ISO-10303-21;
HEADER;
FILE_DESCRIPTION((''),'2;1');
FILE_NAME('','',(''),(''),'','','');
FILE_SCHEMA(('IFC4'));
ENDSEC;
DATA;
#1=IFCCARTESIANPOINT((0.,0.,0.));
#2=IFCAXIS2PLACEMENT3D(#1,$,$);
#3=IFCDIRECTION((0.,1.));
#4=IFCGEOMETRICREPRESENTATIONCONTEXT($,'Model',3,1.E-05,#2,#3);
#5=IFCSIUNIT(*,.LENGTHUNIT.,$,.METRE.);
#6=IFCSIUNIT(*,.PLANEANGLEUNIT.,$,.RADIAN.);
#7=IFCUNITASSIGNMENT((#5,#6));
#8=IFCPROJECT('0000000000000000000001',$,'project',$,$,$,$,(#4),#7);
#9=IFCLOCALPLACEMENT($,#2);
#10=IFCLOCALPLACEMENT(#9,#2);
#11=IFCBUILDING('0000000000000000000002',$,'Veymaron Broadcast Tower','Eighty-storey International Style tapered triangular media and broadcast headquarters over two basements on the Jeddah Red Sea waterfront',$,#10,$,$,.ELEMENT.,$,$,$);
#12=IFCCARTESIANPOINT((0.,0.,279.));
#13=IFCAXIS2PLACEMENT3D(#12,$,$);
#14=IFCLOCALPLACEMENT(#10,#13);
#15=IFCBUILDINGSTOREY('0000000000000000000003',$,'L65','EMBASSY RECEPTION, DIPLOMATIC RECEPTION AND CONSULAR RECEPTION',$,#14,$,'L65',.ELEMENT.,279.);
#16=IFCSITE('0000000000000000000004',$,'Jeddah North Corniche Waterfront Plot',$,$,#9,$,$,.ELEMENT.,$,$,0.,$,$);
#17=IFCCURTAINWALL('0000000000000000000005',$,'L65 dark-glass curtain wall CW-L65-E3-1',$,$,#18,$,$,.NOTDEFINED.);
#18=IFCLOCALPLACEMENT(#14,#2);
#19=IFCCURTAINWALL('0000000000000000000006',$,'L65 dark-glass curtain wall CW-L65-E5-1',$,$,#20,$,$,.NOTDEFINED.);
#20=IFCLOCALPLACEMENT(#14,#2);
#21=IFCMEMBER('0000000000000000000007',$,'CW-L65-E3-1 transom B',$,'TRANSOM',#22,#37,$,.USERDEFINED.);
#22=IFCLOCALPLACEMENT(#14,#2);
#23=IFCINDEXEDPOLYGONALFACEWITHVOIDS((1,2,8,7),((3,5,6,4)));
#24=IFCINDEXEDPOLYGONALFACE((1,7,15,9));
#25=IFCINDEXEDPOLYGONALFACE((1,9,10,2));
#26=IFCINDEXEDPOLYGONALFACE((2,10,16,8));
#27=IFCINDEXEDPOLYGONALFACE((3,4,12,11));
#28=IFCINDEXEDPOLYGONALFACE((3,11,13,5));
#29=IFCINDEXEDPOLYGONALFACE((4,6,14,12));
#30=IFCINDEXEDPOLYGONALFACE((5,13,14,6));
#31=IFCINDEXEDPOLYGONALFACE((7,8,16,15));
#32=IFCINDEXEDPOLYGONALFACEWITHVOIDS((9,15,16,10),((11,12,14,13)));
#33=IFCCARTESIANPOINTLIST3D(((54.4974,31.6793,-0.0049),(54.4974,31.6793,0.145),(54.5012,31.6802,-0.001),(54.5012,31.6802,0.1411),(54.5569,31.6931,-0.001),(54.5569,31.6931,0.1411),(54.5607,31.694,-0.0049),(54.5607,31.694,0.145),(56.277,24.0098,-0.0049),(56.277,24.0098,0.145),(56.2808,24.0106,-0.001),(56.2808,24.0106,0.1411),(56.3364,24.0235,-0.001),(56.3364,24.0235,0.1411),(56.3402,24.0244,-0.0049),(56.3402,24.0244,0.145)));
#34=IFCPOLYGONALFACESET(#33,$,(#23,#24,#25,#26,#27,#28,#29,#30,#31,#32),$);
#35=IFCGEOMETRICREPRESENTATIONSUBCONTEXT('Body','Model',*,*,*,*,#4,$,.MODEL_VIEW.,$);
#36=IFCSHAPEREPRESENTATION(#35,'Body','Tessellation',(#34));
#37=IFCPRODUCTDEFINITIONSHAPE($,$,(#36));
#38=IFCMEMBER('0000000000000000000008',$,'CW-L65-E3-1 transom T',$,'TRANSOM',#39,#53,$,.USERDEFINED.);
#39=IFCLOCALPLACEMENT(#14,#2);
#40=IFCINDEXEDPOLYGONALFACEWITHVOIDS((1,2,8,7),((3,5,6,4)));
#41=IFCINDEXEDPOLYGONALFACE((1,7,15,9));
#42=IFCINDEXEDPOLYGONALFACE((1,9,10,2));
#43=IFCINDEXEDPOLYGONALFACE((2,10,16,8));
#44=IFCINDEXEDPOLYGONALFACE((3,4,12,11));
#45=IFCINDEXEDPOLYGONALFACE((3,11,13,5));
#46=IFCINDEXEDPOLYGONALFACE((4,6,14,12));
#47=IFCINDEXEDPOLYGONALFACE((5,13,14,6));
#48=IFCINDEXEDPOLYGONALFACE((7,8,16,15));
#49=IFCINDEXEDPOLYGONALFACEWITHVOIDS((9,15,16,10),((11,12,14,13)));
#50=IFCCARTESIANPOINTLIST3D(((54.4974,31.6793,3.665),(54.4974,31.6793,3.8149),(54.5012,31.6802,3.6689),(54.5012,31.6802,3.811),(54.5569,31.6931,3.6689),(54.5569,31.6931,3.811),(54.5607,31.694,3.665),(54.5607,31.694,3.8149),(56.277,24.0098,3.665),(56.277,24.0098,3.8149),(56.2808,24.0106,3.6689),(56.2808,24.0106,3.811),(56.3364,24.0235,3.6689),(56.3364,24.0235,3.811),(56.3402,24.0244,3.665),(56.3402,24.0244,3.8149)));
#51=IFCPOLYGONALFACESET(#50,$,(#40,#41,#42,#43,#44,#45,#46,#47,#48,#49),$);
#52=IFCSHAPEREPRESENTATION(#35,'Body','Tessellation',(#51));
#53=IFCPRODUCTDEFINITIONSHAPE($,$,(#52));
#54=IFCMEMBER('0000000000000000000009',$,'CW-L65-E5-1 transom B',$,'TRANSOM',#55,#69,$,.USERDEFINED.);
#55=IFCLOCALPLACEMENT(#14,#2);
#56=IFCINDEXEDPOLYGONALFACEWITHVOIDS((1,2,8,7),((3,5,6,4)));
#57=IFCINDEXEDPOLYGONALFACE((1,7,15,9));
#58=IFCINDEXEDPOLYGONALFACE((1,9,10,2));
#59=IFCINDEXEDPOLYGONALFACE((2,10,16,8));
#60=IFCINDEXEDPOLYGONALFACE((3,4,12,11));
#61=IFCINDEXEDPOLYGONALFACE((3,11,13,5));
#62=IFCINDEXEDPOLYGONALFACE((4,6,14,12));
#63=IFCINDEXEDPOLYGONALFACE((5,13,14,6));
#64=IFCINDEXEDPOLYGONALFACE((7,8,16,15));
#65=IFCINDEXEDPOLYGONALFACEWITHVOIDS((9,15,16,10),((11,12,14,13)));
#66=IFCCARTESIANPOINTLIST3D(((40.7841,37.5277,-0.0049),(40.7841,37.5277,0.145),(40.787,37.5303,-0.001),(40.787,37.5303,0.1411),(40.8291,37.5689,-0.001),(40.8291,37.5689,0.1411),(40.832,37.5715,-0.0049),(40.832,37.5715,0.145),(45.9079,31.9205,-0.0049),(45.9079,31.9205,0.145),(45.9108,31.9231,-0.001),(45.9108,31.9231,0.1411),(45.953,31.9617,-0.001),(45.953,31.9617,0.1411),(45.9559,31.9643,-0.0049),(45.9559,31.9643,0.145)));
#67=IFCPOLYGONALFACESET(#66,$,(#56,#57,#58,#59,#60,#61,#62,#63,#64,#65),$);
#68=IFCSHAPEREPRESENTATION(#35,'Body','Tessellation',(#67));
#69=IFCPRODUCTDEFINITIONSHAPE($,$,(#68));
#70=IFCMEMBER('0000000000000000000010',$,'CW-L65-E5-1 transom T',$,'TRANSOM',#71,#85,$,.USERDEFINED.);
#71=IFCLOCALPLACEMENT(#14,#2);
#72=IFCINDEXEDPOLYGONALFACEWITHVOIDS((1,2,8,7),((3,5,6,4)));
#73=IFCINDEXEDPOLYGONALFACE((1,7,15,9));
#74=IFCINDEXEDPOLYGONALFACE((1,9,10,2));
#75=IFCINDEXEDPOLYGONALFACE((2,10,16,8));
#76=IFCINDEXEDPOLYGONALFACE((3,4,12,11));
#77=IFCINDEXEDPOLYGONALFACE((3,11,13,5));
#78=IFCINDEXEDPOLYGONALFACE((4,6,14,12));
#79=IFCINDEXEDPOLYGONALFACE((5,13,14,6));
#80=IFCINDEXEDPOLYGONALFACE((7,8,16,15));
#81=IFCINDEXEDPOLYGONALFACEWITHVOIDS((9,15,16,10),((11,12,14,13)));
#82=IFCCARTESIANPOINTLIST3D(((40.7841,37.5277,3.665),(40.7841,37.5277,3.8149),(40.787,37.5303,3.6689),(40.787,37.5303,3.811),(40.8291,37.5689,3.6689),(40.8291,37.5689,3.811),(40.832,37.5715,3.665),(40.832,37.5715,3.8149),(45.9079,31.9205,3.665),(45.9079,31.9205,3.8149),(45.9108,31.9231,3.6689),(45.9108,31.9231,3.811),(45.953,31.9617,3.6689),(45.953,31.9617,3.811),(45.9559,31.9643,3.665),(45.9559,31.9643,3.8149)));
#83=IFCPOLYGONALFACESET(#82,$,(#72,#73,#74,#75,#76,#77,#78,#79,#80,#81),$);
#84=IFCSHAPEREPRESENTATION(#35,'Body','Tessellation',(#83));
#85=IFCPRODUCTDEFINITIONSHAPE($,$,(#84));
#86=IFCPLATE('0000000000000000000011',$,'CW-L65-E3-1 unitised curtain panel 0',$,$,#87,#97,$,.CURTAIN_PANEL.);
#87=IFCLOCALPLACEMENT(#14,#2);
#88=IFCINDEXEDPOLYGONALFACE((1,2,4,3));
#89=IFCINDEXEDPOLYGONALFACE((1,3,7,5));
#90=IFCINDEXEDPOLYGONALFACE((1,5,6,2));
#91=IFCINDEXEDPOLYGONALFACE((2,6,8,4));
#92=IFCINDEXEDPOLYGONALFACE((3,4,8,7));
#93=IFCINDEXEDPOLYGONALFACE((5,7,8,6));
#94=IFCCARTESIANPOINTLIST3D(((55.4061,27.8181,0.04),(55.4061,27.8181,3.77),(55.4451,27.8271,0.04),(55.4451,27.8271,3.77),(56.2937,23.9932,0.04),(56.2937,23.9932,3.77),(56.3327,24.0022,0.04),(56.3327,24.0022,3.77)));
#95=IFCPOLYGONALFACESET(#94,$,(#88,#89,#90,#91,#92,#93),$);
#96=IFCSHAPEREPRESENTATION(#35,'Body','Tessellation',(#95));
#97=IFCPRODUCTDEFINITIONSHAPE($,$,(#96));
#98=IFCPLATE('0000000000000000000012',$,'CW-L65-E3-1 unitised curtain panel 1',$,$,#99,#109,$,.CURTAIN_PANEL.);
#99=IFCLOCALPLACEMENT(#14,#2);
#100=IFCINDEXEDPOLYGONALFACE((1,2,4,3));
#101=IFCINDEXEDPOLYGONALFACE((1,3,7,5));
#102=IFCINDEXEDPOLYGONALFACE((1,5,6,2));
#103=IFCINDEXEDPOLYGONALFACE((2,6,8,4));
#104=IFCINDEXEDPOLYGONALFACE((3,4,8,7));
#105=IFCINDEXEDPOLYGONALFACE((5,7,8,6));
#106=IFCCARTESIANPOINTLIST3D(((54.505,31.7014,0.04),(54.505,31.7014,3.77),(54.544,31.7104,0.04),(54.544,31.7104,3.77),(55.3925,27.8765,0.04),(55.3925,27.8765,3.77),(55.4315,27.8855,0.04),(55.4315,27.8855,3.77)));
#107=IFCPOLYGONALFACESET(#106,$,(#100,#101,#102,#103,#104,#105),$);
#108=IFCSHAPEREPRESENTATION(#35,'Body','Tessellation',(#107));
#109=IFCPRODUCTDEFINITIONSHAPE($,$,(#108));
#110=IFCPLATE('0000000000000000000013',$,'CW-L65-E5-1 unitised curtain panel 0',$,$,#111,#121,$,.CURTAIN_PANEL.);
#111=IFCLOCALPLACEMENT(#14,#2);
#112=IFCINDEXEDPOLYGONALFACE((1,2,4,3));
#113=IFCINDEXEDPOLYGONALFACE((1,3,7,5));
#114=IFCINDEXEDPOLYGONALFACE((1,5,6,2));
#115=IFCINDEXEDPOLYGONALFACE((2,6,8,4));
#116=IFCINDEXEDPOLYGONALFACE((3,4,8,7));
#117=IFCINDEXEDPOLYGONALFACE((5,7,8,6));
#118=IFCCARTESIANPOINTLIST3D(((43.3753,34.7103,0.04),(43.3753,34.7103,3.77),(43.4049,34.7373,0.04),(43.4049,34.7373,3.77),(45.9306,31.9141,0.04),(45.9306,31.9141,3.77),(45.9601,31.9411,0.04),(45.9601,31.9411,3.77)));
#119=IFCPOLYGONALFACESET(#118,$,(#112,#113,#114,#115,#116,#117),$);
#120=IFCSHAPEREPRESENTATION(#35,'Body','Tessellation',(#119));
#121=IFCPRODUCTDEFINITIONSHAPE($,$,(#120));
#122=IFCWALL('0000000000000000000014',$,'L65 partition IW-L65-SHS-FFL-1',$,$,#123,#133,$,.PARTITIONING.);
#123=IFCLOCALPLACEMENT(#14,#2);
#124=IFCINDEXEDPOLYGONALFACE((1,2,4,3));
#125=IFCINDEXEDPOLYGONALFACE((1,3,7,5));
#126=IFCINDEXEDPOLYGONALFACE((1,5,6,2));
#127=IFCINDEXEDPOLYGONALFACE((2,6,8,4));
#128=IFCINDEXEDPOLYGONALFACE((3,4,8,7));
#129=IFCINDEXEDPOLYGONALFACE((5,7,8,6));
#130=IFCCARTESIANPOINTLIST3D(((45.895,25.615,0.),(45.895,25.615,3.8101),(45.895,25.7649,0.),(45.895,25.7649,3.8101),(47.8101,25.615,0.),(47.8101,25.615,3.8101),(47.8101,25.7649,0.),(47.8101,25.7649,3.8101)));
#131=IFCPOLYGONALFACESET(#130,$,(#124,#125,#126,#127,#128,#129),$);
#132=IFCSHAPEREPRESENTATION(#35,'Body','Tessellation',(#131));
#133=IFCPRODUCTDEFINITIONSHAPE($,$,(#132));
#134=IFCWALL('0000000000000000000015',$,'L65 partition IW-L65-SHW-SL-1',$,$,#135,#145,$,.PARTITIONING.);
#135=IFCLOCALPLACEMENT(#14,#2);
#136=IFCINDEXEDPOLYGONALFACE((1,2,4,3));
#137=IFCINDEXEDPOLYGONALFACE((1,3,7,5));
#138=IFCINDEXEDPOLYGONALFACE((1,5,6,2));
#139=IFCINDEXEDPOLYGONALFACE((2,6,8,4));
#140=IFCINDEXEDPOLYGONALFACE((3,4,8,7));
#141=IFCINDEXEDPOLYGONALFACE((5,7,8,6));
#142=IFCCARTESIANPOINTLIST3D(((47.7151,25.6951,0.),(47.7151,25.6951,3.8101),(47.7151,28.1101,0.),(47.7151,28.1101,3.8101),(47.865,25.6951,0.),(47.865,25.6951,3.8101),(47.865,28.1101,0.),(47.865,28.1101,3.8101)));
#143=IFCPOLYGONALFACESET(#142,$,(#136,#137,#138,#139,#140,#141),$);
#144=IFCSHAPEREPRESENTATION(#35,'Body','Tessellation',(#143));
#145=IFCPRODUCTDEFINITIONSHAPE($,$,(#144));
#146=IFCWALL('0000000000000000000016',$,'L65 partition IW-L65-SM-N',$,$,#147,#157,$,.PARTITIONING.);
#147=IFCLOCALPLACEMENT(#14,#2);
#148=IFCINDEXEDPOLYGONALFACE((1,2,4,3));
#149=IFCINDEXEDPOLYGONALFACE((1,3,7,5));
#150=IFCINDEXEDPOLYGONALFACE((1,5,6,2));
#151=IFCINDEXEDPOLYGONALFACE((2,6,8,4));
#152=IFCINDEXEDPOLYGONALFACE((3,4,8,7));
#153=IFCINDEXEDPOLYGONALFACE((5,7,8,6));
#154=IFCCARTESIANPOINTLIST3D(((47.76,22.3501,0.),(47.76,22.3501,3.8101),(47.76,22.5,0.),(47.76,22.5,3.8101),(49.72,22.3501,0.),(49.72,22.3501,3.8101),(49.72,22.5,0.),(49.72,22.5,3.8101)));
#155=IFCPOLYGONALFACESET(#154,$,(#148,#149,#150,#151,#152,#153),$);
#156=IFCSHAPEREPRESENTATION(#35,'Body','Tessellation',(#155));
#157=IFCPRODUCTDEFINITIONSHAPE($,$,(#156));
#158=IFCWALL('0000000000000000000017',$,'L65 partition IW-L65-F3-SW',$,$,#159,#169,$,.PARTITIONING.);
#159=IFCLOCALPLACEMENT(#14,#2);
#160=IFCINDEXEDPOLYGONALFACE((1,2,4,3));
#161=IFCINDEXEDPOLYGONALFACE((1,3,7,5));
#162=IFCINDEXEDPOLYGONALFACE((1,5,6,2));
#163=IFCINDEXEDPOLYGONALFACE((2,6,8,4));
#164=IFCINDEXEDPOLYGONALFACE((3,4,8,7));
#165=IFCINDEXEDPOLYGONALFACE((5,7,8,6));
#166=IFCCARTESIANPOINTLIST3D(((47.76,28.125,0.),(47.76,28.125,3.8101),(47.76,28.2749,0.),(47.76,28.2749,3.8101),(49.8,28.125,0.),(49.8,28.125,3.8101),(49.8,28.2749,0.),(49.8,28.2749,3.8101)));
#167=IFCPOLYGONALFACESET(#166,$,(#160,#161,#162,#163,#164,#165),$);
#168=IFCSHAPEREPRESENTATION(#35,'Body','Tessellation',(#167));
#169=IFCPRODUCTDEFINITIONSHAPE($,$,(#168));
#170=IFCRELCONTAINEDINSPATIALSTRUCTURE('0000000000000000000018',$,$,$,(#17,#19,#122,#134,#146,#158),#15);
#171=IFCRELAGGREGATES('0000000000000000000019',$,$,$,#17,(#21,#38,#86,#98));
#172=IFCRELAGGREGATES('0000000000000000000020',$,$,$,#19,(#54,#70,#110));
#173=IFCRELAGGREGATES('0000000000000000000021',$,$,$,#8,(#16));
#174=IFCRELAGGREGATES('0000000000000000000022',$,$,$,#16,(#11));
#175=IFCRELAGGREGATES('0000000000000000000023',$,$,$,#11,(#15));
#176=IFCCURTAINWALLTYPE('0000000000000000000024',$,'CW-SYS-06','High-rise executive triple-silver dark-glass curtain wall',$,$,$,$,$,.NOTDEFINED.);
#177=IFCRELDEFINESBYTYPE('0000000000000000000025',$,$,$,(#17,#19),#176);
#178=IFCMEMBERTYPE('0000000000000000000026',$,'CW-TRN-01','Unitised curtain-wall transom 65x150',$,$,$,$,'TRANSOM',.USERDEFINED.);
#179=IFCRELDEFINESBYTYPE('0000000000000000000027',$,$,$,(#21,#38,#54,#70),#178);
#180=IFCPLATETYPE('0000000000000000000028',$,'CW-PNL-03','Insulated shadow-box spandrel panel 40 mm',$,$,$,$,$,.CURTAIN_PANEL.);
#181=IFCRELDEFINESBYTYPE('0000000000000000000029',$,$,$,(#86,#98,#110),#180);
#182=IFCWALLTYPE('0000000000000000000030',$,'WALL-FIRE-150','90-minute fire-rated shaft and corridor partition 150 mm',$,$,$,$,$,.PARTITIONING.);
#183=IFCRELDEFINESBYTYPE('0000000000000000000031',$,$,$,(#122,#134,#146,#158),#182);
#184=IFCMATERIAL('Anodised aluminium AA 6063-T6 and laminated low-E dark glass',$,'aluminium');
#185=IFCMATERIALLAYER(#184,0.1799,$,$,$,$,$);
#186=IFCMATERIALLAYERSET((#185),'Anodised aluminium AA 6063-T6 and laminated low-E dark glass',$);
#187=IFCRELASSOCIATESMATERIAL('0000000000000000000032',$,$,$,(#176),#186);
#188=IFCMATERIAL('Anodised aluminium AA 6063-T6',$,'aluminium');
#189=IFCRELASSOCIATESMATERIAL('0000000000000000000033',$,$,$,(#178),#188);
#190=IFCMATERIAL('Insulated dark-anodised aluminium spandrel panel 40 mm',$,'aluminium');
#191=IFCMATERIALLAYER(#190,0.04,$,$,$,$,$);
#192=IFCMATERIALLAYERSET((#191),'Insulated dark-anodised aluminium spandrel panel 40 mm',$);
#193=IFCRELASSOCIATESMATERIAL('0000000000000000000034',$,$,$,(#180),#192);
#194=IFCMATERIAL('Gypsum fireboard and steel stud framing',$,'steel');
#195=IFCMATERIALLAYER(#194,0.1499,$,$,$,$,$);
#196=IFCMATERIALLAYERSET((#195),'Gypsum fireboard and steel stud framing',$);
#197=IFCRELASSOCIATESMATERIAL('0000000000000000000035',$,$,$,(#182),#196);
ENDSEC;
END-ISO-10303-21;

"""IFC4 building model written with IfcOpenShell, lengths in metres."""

from ifc_helpers import new_model, si_unit, direction, frame, frame_2d, origin, origin_2d, place, context, subcontext, project, spatial, rectangle, hollow_rectangle, extrude, material, layer, layer_set, material_profile, profile_set, type_object, element, aggregate, save


model = new_model("IFC4")

# Units and contexts
model_context = context("Model", 3, precision=1e-05, world=origin(), true_north=direction((0.0, 1.0)))
body_context = subcontext(model_context, "Body", "Model", "MODEL_VIEW")
ifc_project = project(units=[si_unit("LENGTHUNIT", "METRE"), si_unit("PLANEANGLEUNIT", "RADIAN")], contexts=[model_context])

# Site, building, storey
site_placement = place(None, origin())
site = spatial("IfcSite", under=ifc_project, at=site_placement, Name="Jeddah North Corniche Waterfront Plot", CompositionType="ELEMENT", RefElevation=0.0)
building_placement = place(site_placement, origin())
building = spatial("IfcBuilding", under=site, at=building_placement, Name="Veymaron Broadcast Tower", Description="Eighty-storey International Style tapered triangular media and broadcast headquarters over two basements on the Jeddah Red Sea waterfront", CompositionType="ELEMENT")
storey_placement = place(building_placement, frame((0.0, 0.0, 279.0)))
storey = spatial("IfcBuildingStorey", under=building, at=storey_placement, Name="L65", Description="EMBASSY RECEPTION, DIPLOMATIC RECEPTION AND CONSULAR RECEPTION", LongName="L65", CompositionType="ELEMENT", Elevation=279.0)

# Shared definitions
ifc_material_1 = material(Name="Anodised aluminium AA 6063-T6 and laminated low-E dark glass", Category="aluminium")
ifc_layer_1 = layer(ifc_material_1, 0.1799)
ifc_layer_set_1 = layer_set([ifc_layer_1], Name="Anodised aluminium AA 6063-T6 and laminated low-E dark glass")
curtain_wall_type = type_object("IfcCurtainWallType", Name="CW-SYS-06", Description="High-rise executive triple-silver dark-glass curtain wall", PredefinedType="NOTDEFINED", material=ifc_layer_set_1)
ifc_material_2 = material(Name="Anodised aluminium AA 6063-T6", Category="aluminium")

# Curtain wall
curtain_wall_1_placement = place(storey_placement, origin())
curtain_wall_1 = element("IfcCurtainWall", 1, at=curtain_wall_1_placement, inside=storey, type_object=curtain_wall_type, Name="L65 dark-glass curtain wall CW-L65-E3-1", PredefinedType="NOTDEFINED")

# Curtain wall
curtain_wall_2_placement = place(storey_placement, origin())
curtain_wall_2 = element("IfcCurtainWall", 2, at=curtain_wall_2_placement, inside=storey, type_object=curtain_wall_type, Name="L65 dark-glass curtain wall CW-L65-E5-1", PredefinedType="NOTDEFINED")

# Members
ifc_material_profile_1 = material_profile(ifc_material_2, hollow_rectangle(XDim=0.0649, YDim=0.1499, WallThickness=0.0039, at=origin_2d()), Name="AL150X65X4")
ifc_profile_set_1 = profile_set([ifc_material_profile_1], Name="Anodised aluminium AA 6063-T6")
member_type_1 = type_object("IfcMemberType", Name="CW-TRN-01", Description="Unitised curtain-wall transom 65x150", ElementType="TRANSOM", PredefinedType="USERDEFINED", material=ifc_profile_set_1)
member_1_placement = place(storey_placement, frame((56.3086, 24.0171, 0.0701), z_axis=(-0.226026, 0.974121, 0.0), x_axis=(-0.974121, -0.226026, 0.0)))
member_1 = element("IfcMember", 3, at=member_1_placement, type_object=member_type_1, Name="CW-L65-E3-1 transom B", ObjectType="TRANSOM", PredefinedType="USERDEFINED", context=body_context, shape_type="SweptSolid", body=[
    extrude(hollow_rectangle(XDim=0.0649, YDim=0.1499, WallThickness=0.0039, at=origin_2d()), origin(), (0.0, 0.0, 1.0), 7.8733),
])
member_2_placement = place(storey_placement, frame((56.3086, 24.0171, 3.74), z_axis=(-0.226026, 0.974121, 0.0), x_axis=(-0.974121, -0.226026, 0.0)))
member_2 = element("IfcMember", 4, at=member_2_placement, type_object=member_type_1, Name="CW-L65-E3-1 transom T", ObjectType="TRANSOM", PredefinedType="USERDEFINED", context=body_context, shape_type="SweptSolid", body=[
    extrude(hollow_rectangle(XDim=0.0649, YDim=0.1499, WallThickness=0.0039, at=origin_2d()), origin(), (0.0, 0.0, 1.0), 7.8733),
])
member_3_placement = place(storey_placement, frame((45.9319, 31.9424, 0.0701), z_axis=(-0.67457, 0.738211, 0.0), x_axis=(-0.738211, -0.67457, 0.0)))
member_3 = element("IfcMember", 5, at=member_3_placement, type_object=member_type_1, Name="CW-L65-E5-1 transom B", ObjectType="TRANSOM", PredefinedType="USERDEFINED", context=body_context, shape_type="SweptSolid", body=[
    extrude(hollow_rectangle(XDim=0.0649, YDim=0.1499, WallThickness=0.0039, at=origin_2d()), origin(), (0.0, 0.0, 1.0), 7.5957),
])
member_4_placement = place(storey_placement, frame((45.9319, 31.9424, 3.74), z_axis=(-0.67457, 0.738211, 0.0), x_axis=(-0.738211, -0.67457, 0.0)))
member_4 = element("IfcMember", 6, at=member_4_placement, type_object=member_type_1, Name="CW-L65-E5-1 transom T", ObjectType="TRANSOM", PredefinedType="USERDEFINED", context=body_context, shape_type="SweptSolid", body=[
    extrude(hollow_rectangle(XDim=0.0649, YDim=0.1499, WallThickness=0.0039, at=origin_2d()), origin(), (0.0, 0.0, 1.0), 7.5957),
])

# Plates
ifc_material_3 = material(Name="Insulated dark-anodised aluminium spandrel panel 40 mm", Category="aluminium")
ifc_layer_2 = layer(ifc_material_3, 0.04)
ifc_layer_set_2 = layer_set([ifc_layer_2], Name="Insulated dark-anodised aluminium spandrel panel 40 mm")
plate_type = type_object("IfcPlateType", Name="CW-PNL-03", Description="Insulated shadow-box spandrel panel 40 mm", PredefinedType="CURTAIN_PANEL", material=ifc_layer_set_2)
plate_1_placement = place(storey_placement, frame((55.8694, 25.9102, 0.04), z_axis=(0.0, 0.0, 1.0), x_axis=(-0.226039, 0.974118, 0.0)))
plate_1 = element("IfcPlate", 7, at=plate_1_placement, type_object=plate_type, Name="CW-L65-E3-1 unitised curtain panel 0", PredefinedType="CURTAIN_PANEL", context=body_context, shape_type="SweptSolid", body=[
    extrude(rectangle(XDim=3.9265, YDim=0.04, at=origin_2d()), origin(), (0.0, 0.0, 1.0), 3.73),
])
plate_2_placement = place(storey_placement, frame((54.9683, 29.7935, 0.04), z_axis=(0.0, 0.0, 1.0), x_axis=(-0.226039, 0.974118, 0.0)))
plate_2 = element("IfcPlate", 8, at=plate_2_placement, type_object=plate_type, Name="CW-L65-E3-1 unitised curtain panel 1", PredefinedType="CURTAIN_PANEL", context=body_context, shape_type="SweptSolid", body=[
    extrude(rectangle(XDim=3.9265, YDim=0.04, at=origin_2d()), origin(), (0.0, 0.0, 1.0), 3.73),
])
aggregate(curtain_wall_1, [member_1, member_2, plate_1, plate_2])
plate_3_placement = place(storey_placement, frame((44.6677, 33.3257, 0.04), z_axis=(0.0, 0.0, 1.0), x_axis=(-0.674586, 0.738196, 0.0)))
plate_3 = element("IfcPlate", 9, at=plate_3_placement, type_object=plate_type, Name="CW-L65-E5-1 unitised curtain panel 0", PredefinedType="CURTAIN_PANEL", context=body_context, shape_type="SweptSolid", body=[
    extrude(rectangle(XDim=3.7878, YDim=0.04, at=origin_2d()), origin(), (0.0, 0.0, 1.0), 3.73),
])
aggregate(curtain_wall_2, [member_3, member_4, plate_3])

# Shared definitions
ifc_material_4 = material(Name="Gypsum fireboard and steel stud framing", Category="steel")
ifc_layer_3 = layer(ifc_material_4, 0.1499)
ifc_layer_set_3 = layer_set([ifc_layer_3], Name="Gypsum fireboard and steel stud framing")
wall_type_1 = type_object("IfcWallType", Name="WALL-FIRE-150", Description="90-minute fire-rated shaft and corridor partition 150 mm", PredefinedType="PARTITIONING", material=ifc_layer_set_3)

# Wall
wall_1_placement = place(storey_placement, frame((45.895, 25.6899, 0.0), z_axis=(0.0, 0.0, 1.0), x_axis=(1.0, 0.0, 0.0)))
element("IfcWall", 10, at=wall_1_placement, inside=storey, type_object=wall_type_1, Name="L65 partition IW-L65-SHS-FFL-1", PredefinedType="PARTITIONING", context=body_context, shape_type="SweptSolid", body=[
    extrude(rectangle(XDim=1.915, YDim=0.1499, at=frame_2d((0.9575, 0.0))), origin(), (0.0, 0.0, 1.0), 3.8101),
])

# Walls
wall_2_placement = place(storey_placement, frame((47.79, 25.6951, 0.0), z_axis=(0.0, 0.0, 1.0), x_axis=(0.0, 1.0, 0.0)))
element("IfcWall", 11, at=wall_2_placement, inside=storey, type_object=wall_type_1, Name="L65 partition IW-L65-SHW-SL-1", PredefinedType="PARTITIONING", context=body_context, shape_type="SweptSolid", body=[
    extrude(rectangle(XDim=2.415, YDim=0.1499, at=frame_2d((1.2075, 0.0))), origin(), (0.0, 0.0, 1.0), 3.8101),
])
wall_3_placement = place(storey_placement, frame((47.76, 22.425, 0.0), z_axis=(0.0, 0.0, 1.0), x_axis=(1.0, 0.0, 0.0)))
element("IfcWall", 12, at=wall_3_placement, inside=storey, type_object=wall_type_1, Name="L65 partition IW-L65-SM-N", PredefinedType="PARTITIONING", context=body_context, shape_type="SweptSolid", body=[
    extrude(rectangle(XDim=1.96, YDim=0.1499, at=frame_2d((0.98, 0.0))), origin(), (0.0, 0.0, 1.0), 3.8101),
])
wall_4_placement = place(storey_placement, frame((47.76, 28.2, 0.0), z_axis=(0.0, 0.0, 1.0), x_axis=(1.0, 0.0, 0.0)))
element("IfcWall", 13, at=wall_4_placement, inside=storey, type_object=wall_type_1, Name="L65 partition IW-L65-F3-SW", PredefinedType="PARTITIONING", context=body_context, shape_type="SweptSolid", body=[
    extrude(rectangle(XDim=2.04, YDim=0.1499, at=frame_2d((1.02, 0.0))), origin(), (0.0, 0.0, 1.0), 3.8101),
])

save(model, "model.ifc")
